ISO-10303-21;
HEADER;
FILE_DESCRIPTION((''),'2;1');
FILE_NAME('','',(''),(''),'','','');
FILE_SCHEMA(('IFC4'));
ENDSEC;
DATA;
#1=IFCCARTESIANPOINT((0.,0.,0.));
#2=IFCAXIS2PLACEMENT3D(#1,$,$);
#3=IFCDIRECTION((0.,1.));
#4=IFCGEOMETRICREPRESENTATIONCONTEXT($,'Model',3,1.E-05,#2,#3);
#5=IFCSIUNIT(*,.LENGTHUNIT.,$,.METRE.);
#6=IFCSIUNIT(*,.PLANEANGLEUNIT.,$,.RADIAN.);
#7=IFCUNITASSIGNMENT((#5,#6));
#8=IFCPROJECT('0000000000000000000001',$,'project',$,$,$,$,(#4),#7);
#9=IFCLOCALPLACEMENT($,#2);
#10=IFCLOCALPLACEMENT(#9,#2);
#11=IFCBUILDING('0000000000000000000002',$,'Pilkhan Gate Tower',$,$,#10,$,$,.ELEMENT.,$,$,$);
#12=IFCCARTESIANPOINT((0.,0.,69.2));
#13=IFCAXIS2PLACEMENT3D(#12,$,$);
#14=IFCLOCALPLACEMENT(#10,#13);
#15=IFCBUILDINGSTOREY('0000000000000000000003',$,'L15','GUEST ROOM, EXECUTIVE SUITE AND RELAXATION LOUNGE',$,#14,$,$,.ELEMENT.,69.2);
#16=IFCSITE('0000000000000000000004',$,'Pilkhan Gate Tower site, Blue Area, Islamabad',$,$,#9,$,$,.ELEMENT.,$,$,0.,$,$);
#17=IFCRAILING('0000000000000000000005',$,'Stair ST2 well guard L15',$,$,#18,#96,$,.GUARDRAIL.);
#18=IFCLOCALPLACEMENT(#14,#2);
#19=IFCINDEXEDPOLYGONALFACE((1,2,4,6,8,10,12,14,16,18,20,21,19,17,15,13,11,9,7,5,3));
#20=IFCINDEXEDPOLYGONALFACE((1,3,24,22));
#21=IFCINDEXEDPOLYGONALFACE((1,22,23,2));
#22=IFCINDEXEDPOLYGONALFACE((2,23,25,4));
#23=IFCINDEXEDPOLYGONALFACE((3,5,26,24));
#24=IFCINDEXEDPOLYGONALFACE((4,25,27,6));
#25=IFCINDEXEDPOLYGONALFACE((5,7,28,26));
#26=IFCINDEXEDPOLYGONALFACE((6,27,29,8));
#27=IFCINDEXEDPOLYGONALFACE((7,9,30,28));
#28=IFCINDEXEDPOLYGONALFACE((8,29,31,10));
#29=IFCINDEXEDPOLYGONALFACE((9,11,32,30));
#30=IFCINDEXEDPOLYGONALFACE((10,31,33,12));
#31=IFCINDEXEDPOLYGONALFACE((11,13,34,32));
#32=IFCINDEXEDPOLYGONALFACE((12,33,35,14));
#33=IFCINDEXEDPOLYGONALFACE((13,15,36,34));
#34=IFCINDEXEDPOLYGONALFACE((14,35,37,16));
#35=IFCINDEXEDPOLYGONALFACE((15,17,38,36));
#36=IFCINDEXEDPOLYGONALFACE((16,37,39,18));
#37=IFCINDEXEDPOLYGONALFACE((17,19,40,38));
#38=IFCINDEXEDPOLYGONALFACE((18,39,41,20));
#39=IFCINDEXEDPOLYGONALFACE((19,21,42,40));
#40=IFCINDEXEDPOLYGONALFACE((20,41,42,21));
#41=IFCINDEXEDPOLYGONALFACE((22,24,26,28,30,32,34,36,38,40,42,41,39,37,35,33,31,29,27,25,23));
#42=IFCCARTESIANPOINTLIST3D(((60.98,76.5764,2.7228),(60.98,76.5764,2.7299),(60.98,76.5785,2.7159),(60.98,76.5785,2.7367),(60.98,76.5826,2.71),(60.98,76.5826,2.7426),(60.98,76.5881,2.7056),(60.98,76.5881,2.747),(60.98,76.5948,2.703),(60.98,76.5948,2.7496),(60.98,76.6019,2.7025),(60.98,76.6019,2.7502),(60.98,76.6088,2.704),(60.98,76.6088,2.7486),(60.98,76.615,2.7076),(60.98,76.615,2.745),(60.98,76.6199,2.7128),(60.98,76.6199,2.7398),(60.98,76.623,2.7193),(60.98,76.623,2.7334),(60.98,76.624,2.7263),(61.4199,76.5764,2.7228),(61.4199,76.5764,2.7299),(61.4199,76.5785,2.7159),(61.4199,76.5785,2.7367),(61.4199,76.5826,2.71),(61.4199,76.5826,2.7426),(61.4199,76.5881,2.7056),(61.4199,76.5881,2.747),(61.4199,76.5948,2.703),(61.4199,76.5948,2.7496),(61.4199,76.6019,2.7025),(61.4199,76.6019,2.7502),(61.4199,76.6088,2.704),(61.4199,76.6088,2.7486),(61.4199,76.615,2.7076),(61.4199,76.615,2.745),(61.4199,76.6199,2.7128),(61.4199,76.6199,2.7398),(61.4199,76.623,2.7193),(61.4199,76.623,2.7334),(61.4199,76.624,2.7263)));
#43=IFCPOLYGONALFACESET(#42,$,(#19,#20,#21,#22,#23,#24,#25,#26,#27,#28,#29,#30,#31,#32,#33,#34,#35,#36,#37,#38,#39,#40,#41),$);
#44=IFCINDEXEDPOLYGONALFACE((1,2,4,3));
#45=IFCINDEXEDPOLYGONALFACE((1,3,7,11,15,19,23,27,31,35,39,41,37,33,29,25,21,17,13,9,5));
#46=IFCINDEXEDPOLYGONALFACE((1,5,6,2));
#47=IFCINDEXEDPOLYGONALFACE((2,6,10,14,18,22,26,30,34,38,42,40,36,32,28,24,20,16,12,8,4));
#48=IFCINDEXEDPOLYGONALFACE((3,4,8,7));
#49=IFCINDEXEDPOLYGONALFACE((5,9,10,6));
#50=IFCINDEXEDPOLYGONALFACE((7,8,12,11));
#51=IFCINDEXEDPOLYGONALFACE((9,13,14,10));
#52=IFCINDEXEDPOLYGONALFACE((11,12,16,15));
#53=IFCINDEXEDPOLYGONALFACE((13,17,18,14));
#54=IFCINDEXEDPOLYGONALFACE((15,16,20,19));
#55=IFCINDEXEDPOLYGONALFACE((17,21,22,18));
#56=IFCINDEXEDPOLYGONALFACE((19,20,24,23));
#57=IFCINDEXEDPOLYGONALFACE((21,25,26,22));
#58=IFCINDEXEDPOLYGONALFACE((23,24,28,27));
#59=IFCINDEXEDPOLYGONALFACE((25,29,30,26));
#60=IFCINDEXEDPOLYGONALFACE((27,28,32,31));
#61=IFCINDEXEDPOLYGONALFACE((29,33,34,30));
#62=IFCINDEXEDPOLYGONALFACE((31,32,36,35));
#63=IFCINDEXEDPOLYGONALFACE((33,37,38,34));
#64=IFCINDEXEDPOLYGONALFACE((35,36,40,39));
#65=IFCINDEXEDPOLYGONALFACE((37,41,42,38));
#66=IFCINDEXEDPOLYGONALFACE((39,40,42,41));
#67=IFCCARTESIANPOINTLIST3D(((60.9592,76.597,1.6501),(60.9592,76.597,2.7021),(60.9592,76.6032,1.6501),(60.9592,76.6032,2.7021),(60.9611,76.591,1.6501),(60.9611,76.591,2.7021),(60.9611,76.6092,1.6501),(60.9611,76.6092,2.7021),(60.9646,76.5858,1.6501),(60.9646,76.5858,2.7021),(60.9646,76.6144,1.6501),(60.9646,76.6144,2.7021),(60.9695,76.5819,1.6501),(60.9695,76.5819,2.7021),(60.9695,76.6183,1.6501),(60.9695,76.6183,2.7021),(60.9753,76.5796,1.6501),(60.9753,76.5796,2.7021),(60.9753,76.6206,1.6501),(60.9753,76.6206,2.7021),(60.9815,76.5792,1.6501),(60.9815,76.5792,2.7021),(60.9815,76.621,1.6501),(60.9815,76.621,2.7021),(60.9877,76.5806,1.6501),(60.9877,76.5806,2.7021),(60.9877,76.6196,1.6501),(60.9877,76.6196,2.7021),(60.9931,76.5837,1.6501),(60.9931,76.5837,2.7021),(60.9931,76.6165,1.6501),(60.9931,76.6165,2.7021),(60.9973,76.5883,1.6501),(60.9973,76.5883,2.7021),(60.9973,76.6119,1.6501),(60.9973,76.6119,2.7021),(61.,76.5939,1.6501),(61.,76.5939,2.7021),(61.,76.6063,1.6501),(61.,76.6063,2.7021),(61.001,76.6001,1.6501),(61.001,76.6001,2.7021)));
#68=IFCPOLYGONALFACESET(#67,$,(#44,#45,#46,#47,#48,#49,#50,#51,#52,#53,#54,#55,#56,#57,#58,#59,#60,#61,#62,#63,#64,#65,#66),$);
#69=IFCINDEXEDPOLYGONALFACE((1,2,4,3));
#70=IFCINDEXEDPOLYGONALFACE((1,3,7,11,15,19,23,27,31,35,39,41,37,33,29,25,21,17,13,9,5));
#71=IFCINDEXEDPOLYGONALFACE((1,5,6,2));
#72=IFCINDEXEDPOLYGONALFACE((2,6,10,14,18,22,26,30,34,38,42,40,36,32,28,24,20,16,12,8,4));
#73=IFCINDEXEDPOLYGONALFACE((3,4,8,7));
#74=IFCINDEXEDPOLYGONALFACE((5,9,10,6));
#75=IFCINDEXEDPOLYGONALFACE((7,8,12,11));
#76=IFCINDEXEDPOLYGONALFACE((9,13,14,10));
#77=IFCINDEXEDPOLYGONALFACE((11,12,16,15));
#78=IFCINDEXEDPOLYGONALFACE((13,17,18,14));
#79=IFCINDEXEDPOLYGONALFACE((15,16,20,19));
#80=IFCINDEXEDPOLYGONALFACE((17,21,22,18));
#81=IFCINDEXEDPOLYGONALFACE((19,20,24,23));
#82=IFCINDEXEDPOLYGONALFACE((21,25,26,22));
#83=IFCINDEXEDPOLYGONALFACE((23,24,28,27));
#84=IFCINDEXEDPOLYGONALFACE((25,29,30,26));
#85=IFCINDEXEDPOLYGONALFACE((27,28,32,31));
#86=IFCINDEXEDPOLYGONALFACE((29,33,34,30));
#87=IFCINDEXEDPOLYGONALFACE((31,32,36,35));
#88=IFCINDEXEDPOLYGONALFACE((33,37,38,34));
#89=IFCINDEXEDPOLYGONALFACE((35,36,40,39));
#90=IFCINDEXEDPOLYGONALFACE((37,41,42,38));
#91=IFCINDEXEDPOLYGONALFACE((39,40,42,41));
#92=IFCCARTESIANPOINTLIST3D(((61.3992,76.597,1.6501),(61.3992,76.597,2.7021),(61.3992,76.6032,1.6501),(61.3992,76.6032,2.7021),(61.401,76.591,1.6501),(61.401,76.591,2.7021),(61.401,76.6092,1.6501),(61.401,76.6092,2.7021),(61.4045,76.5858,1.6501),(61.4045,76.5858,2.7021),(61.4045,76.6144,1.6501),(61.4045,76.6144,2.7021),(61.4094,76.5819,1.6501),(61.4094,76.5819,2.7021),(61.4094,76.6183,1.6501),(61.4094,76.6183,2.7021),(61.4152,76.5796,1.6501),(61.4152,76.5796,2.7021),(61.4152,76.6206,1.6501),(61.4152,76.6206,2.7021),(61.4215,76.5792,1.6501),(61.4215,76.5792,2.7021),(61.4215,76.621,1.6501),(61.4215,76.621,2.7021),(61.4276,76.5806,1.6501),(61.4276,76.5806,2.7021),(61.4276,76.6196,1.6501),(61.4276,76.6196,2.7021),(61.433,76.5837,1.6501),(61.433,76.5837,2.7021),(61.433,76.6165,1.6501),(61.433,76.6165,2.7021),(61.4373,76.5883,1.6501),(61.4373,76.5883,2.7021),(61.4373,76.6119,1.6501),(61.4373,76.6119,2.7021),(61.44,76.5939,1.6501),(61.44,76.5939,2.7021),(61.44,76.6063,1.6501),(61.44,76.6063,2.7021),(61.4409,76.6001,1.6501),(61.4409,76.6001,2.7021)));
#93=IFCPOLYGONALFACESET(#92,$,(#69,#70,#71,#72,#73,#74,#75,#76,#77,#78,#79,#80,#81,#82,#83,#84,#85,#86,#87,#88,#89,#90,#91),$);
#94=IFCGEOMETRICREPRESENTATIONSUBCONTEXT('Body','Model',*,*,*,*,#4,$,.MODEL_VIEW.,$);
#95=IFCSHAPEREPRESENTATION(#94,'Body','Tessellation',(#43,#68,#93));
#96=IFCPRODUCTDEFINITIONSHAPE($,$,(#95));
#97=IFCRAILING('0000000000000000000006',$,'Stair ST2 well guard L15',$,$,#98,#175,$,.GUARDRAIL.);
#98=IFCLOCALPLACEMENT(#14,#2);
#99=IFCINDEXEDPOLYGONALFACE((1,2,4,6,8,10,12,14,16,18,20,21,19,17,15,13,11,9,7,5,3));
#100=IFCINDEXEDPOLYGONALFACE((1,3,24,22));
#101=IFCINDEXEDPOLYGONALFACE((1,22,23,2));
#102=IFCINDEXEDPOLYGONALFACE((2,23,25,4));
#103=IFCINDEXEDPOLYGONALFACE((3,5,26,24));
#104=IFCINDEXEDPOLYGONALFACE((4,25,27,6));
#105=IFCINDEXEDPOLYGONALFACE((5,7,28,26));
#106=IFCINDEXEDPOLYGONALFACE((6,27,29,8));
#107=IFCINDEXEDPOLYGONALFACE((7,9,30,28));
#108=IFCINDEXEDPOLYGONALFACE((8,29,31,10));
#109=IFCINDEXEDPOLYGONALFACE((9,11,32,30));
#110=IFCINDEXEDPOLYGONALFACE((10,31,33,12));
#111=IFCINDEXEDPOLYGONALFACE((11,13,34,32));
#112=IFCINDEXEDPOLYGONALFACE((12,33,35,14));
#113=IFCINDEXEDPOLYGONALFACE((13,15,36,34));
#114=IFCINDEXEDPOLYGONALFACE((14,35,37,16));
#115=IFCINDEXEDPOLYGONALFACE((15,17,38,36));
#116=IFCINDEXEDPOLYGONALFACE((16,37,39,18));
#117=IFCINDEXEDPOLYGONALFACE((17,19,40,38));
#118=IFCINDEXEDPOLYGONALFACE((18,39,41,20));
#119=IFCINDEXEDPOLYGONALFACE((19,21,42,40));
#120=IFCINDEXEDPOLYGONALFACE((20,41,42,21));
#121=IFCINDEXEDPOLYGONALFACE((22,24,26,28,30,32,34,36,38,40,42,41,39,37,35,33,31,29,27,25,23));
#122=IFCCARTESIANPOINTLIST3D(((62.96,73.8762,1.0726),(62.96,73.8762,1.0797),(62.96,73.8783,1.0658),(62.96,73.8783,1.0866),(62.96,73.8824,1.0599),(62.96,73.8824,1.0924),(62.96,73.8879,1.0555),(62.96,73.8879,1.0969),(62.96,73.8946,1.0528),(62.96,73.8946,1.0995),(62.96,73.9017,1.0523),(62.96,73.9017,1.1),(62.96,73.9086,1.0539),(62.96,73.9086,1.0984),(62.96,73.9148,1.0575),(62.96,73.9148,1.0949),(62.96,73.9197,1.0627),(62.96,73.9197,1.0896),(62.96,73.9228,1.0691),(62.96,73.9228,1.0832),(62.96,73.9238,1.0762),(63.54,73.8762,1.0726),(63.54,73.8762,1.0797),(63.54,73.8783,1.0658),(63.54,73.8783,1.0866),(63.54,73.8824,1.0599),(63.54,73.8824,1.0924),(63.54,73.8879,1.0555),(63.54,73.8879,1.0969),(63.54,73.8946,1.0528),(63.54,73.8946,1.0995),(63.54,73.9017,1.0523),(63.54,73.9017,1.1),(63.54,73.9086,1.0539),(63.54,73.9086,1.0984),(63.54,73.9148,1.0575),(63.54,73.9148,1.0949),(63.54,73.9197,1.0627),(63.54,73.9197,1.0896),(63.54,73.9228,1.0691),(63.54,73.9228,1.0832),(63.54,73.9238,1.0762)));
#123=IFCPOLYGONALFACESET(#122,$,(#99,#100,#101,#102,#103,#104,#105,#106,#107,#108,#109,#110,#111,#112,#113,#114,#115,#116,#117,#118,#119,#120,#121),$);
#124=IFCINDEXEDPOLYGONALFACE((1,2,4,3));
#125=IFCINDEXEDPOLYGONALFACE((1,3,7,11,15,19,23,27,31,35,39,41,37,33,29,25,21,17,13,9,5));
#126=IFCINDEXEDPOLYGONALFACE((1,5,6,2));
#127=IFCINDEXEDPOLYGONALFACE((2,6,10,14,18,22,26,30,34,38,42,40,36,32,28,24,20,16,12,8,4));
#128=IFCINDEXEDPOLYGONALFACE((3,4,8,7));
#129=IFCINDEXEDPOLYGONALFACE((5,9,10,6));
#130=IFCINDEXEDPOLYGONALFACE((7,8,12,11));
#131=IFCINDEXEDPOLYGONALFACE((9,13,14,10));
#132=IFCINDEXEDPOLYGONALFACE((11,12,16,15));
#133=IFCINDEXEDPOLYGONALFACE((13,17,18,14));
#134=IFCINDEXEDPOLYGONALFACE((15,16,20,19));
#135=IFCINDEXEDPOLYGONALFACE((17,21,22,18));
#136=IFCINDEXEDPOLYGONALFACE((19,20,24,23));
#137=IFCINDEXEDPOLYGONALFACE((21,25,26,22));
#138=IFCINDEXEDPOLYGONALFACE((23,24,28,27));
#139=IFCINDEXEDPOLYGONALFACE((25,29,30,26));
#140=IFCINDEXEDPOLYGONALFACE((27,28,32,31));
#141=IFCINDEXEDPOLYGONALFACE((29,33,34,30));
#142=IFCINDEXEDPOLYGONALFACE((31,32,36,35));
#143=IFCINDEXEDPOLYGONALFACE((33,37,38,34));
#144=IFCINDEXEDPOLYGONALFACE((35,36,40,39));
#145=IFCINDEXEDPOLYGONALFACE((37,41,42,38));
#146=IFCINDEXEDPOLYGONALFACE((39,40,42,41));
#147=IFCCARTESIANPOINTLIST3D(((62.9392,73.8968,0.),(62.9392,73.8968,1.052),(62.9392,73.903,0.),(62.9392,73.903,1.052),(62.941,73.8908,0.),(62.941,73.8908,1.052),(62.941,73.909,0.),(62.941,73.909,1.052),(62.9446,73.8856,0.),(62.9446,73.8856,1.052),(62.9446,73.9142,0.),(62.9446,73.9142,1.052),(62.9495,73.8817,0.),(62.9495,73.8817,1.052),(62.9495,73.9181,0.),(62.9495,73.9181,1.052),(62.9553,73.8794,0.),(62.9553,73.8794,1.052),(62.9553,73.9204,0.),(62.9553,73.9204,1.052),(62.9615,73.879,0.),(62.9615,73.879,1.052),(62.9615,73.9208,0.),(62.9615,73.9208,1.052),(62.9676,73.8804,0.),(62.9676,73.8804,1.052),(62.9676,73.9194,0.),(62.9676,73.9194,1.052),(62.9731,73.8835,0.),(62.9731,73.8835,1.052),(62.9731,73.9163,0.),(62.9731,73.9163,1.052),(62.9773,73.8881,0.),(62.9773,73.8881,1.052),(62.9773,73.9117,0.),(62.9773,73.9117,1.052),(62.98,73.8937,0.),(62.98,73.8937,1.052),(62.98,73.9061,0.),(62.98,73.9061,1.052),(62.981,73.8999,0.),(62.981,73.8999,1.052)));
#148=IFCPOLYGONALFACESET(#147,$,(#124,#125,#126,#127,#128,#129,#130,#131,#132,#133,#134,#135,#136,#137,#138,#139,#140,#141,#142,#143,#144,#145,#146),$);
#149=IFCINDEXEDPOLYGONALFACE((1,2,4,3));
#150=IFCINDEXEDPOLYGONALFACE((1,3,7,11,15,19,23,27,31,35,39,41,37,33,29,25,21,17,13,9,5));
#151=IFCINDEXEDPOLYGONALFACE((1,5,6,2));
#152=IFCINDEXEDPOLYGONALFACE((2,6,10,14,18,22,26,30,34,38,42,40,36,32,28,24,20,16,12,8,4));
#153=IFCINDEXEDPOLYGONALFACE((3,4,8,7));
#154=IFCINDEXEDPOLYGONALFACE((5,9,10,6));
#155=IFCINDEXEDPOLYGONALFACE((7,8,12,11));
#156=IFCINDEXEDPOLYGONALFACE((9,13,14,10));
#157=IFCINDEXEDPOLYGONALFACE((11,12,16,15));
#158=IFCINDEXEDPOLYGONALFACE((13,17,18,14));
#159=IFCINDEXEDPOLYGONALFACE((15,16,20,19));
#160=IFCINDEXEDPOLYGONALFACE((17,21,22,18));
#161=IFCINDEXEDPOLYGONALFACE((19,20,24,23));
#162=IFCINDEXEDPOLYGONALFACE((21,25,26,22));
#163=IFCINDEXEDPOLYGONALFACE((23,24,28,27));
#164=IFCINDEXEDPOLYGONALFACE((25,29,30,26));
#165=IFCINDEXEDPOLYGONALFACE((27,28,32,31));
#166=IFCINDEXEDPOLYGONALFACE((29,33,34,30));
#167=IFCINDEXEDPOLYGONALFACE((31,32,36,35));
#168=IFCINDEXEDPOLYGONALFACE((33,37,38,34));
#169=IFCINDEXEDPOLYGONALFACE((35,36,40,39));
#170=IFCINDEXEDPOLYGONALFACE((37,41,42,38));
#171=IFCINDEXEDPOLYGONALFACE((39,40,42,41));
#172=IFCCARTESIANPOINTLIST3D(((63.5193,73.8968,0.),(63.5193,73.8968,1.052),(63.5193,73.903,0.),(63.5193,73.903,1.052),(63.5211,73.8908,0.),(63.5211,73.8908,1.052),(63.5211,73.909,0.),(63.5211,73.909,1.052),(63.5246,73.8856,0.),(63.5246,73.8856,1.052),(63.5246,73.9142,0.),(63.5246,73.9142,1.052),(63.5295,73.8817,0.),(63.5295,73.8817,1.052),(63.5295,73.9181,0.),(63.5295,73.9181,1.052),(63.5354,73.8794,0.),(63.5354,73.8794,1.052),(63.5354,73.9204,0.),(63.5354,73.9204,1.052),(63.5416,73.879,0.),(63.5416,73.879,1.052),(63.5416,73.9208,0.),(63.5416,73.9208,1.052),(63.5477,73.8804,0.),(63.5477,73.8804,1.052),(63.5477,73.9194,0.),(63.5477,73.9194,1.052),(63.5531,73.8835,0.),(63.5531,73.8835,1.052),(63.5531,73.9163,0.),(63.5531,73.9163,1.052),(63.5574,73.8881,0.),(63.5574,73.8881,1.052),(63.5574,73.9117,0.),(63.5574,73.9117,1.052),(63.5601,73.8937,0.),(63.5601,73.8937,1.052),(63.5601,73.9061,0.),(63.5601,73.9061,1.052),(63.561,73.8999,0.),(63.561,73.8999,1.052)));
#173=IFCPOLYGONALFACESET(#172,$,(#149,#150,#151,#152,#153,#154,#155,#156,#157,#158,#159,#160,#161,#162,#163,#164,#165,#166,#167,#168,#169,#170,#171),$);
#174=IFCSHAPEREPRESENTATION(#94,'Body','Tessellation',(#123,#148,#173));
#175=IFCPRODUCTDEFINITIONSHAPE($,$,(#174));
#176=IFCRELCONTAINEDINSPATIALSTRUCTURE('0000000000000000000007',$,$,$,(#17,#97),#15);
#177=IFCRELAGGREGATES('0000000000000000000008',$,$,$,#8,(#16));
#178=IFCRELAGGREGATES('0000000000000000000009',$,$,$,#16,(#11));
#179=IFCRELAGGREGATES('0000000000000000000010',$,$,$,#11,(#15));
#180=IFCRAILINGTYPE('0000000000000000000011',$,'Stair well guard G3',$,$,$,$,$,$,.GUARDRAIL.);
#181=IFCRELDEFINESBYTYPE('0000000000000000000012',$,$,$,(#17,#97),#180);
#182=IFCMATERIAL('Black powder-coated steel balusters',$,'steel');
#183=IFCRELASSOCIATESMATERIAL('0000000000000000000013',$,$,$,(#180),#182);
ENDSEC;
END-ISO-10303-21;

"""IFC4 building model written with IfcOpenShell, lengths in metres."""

from ifc_helpers import new_model, si_unit, direction, frame, origin, origin_2d, place, context, subcontext, project, spatial, circle, extrude, material, type_object, element, save


model = new_model("IFC4")

# Units and contexts
model_context = context("Model", 3, precision=1e-05, world=origin(), true_north=direction((0.0, 1.0)))
body_context = subcontext(model_context, "Body", "Model", "MODEL_VIEW")
ifc_project = project(units=[si_unit("LENGTHUNIT", "METRE"), si_unit("PLANEANGLEUNIT", "RADIAN")], contexts=[model_context])

# Site, building, storey
site_placement = place(None, origin())
site = spatial("IfcSite", under=ifc_project, at=site_placement, Name="Pilkhan Gate Tower site, Blue Area, Islamabad", CompositionType="ELEMENT", RefElevation=0.0)
building_placement = place(site_placement, origin())
building = spatial("IfcBuilding", under=site, at=building_placement, Name="Pilkhan Gate Tower", CompositionType="ELEMENT")
storey_placement = place(building_placement, frame((0.0, 0.0, 69.2)))
storey = spatial("IfcBuildingStorey", under=building, at=storey_placement, Name="L15", Description="GUEST ROOM, EXECUTIVE SUITE AND RELAXATION LOUNGE", CompositionType="ELEMENT", Elevation=69.2)

# Railings
ifc_material_1 = material(Name="Black powder-coated steel balusters", Category="steel")
railing_type_1 = type_object("IfcRailingType", Name="Stair well guard G3", PredefinedType="GUARDRAIL", material=ifc_material_1)
railing_1_placement = place(storey_placement, frame((60.98, 76.6001, 1.6501)))
element("IfcRailing", 1, at=railing_1_placement, inside=storey, type_object=railing_type_1, Name="Stair ST2 well guard L15", PredefinedType="GUARDRAIL", context=body_context, shape_type="SweptSolid", body=[
    extrude(circle(Radius=0.0239, at=origin_2d()), frame((0.0, 0.0, 1.0762), z_axis=(1.0, 0.0, 0.0), x_axis=(0.0, 1.0, 0.0)), (0.0, 0.0, 1.0), 0.4399),
    extrude(circle(Radius=0.021, at=origin_2d()), origin(), (0.0, 0.0, 1.0), 1.052),
    extrude(circle(Radius=0.021, at=origin_2d()), frame((0.4399, 0.0, 0.0)), (0.0, 0.0, 1.0), 1.052),
])
for number, where, name in (
    (2, (62.96, 73.8999, 0.0), "Stair ST2 well guard L15"),
):
    element("IfcRailing", number, at=place(storey_placement, frame(where)), inside=storey, type_object=railing_type_1, Name=name, PredefinedType="GUARDRAIL", context=body_context, shape_type="SweptSolid", body=[
        extrude(circle(Radius=0.0239, at=origin_2d()), frame((0.0, 0.0, 1.0762), z_axis=(1.0, 0.0, 0.0), x_axis=(0.0, 1.0, 0.0)), (0.0, 0.0, 1.0), 0.5801),
        extrude(circle(Radius=0.021, at=origin_2d()), origin(), (0.0, 0.0, 1.0), 1.052),
        extrude(circle(Radius=0.021, at=origin_2d()), frame((0.5801, 0.0, 0.0)), (0.0, 0.0, 1.0), 1.052),
    ])

save(model, "model.ifc")
